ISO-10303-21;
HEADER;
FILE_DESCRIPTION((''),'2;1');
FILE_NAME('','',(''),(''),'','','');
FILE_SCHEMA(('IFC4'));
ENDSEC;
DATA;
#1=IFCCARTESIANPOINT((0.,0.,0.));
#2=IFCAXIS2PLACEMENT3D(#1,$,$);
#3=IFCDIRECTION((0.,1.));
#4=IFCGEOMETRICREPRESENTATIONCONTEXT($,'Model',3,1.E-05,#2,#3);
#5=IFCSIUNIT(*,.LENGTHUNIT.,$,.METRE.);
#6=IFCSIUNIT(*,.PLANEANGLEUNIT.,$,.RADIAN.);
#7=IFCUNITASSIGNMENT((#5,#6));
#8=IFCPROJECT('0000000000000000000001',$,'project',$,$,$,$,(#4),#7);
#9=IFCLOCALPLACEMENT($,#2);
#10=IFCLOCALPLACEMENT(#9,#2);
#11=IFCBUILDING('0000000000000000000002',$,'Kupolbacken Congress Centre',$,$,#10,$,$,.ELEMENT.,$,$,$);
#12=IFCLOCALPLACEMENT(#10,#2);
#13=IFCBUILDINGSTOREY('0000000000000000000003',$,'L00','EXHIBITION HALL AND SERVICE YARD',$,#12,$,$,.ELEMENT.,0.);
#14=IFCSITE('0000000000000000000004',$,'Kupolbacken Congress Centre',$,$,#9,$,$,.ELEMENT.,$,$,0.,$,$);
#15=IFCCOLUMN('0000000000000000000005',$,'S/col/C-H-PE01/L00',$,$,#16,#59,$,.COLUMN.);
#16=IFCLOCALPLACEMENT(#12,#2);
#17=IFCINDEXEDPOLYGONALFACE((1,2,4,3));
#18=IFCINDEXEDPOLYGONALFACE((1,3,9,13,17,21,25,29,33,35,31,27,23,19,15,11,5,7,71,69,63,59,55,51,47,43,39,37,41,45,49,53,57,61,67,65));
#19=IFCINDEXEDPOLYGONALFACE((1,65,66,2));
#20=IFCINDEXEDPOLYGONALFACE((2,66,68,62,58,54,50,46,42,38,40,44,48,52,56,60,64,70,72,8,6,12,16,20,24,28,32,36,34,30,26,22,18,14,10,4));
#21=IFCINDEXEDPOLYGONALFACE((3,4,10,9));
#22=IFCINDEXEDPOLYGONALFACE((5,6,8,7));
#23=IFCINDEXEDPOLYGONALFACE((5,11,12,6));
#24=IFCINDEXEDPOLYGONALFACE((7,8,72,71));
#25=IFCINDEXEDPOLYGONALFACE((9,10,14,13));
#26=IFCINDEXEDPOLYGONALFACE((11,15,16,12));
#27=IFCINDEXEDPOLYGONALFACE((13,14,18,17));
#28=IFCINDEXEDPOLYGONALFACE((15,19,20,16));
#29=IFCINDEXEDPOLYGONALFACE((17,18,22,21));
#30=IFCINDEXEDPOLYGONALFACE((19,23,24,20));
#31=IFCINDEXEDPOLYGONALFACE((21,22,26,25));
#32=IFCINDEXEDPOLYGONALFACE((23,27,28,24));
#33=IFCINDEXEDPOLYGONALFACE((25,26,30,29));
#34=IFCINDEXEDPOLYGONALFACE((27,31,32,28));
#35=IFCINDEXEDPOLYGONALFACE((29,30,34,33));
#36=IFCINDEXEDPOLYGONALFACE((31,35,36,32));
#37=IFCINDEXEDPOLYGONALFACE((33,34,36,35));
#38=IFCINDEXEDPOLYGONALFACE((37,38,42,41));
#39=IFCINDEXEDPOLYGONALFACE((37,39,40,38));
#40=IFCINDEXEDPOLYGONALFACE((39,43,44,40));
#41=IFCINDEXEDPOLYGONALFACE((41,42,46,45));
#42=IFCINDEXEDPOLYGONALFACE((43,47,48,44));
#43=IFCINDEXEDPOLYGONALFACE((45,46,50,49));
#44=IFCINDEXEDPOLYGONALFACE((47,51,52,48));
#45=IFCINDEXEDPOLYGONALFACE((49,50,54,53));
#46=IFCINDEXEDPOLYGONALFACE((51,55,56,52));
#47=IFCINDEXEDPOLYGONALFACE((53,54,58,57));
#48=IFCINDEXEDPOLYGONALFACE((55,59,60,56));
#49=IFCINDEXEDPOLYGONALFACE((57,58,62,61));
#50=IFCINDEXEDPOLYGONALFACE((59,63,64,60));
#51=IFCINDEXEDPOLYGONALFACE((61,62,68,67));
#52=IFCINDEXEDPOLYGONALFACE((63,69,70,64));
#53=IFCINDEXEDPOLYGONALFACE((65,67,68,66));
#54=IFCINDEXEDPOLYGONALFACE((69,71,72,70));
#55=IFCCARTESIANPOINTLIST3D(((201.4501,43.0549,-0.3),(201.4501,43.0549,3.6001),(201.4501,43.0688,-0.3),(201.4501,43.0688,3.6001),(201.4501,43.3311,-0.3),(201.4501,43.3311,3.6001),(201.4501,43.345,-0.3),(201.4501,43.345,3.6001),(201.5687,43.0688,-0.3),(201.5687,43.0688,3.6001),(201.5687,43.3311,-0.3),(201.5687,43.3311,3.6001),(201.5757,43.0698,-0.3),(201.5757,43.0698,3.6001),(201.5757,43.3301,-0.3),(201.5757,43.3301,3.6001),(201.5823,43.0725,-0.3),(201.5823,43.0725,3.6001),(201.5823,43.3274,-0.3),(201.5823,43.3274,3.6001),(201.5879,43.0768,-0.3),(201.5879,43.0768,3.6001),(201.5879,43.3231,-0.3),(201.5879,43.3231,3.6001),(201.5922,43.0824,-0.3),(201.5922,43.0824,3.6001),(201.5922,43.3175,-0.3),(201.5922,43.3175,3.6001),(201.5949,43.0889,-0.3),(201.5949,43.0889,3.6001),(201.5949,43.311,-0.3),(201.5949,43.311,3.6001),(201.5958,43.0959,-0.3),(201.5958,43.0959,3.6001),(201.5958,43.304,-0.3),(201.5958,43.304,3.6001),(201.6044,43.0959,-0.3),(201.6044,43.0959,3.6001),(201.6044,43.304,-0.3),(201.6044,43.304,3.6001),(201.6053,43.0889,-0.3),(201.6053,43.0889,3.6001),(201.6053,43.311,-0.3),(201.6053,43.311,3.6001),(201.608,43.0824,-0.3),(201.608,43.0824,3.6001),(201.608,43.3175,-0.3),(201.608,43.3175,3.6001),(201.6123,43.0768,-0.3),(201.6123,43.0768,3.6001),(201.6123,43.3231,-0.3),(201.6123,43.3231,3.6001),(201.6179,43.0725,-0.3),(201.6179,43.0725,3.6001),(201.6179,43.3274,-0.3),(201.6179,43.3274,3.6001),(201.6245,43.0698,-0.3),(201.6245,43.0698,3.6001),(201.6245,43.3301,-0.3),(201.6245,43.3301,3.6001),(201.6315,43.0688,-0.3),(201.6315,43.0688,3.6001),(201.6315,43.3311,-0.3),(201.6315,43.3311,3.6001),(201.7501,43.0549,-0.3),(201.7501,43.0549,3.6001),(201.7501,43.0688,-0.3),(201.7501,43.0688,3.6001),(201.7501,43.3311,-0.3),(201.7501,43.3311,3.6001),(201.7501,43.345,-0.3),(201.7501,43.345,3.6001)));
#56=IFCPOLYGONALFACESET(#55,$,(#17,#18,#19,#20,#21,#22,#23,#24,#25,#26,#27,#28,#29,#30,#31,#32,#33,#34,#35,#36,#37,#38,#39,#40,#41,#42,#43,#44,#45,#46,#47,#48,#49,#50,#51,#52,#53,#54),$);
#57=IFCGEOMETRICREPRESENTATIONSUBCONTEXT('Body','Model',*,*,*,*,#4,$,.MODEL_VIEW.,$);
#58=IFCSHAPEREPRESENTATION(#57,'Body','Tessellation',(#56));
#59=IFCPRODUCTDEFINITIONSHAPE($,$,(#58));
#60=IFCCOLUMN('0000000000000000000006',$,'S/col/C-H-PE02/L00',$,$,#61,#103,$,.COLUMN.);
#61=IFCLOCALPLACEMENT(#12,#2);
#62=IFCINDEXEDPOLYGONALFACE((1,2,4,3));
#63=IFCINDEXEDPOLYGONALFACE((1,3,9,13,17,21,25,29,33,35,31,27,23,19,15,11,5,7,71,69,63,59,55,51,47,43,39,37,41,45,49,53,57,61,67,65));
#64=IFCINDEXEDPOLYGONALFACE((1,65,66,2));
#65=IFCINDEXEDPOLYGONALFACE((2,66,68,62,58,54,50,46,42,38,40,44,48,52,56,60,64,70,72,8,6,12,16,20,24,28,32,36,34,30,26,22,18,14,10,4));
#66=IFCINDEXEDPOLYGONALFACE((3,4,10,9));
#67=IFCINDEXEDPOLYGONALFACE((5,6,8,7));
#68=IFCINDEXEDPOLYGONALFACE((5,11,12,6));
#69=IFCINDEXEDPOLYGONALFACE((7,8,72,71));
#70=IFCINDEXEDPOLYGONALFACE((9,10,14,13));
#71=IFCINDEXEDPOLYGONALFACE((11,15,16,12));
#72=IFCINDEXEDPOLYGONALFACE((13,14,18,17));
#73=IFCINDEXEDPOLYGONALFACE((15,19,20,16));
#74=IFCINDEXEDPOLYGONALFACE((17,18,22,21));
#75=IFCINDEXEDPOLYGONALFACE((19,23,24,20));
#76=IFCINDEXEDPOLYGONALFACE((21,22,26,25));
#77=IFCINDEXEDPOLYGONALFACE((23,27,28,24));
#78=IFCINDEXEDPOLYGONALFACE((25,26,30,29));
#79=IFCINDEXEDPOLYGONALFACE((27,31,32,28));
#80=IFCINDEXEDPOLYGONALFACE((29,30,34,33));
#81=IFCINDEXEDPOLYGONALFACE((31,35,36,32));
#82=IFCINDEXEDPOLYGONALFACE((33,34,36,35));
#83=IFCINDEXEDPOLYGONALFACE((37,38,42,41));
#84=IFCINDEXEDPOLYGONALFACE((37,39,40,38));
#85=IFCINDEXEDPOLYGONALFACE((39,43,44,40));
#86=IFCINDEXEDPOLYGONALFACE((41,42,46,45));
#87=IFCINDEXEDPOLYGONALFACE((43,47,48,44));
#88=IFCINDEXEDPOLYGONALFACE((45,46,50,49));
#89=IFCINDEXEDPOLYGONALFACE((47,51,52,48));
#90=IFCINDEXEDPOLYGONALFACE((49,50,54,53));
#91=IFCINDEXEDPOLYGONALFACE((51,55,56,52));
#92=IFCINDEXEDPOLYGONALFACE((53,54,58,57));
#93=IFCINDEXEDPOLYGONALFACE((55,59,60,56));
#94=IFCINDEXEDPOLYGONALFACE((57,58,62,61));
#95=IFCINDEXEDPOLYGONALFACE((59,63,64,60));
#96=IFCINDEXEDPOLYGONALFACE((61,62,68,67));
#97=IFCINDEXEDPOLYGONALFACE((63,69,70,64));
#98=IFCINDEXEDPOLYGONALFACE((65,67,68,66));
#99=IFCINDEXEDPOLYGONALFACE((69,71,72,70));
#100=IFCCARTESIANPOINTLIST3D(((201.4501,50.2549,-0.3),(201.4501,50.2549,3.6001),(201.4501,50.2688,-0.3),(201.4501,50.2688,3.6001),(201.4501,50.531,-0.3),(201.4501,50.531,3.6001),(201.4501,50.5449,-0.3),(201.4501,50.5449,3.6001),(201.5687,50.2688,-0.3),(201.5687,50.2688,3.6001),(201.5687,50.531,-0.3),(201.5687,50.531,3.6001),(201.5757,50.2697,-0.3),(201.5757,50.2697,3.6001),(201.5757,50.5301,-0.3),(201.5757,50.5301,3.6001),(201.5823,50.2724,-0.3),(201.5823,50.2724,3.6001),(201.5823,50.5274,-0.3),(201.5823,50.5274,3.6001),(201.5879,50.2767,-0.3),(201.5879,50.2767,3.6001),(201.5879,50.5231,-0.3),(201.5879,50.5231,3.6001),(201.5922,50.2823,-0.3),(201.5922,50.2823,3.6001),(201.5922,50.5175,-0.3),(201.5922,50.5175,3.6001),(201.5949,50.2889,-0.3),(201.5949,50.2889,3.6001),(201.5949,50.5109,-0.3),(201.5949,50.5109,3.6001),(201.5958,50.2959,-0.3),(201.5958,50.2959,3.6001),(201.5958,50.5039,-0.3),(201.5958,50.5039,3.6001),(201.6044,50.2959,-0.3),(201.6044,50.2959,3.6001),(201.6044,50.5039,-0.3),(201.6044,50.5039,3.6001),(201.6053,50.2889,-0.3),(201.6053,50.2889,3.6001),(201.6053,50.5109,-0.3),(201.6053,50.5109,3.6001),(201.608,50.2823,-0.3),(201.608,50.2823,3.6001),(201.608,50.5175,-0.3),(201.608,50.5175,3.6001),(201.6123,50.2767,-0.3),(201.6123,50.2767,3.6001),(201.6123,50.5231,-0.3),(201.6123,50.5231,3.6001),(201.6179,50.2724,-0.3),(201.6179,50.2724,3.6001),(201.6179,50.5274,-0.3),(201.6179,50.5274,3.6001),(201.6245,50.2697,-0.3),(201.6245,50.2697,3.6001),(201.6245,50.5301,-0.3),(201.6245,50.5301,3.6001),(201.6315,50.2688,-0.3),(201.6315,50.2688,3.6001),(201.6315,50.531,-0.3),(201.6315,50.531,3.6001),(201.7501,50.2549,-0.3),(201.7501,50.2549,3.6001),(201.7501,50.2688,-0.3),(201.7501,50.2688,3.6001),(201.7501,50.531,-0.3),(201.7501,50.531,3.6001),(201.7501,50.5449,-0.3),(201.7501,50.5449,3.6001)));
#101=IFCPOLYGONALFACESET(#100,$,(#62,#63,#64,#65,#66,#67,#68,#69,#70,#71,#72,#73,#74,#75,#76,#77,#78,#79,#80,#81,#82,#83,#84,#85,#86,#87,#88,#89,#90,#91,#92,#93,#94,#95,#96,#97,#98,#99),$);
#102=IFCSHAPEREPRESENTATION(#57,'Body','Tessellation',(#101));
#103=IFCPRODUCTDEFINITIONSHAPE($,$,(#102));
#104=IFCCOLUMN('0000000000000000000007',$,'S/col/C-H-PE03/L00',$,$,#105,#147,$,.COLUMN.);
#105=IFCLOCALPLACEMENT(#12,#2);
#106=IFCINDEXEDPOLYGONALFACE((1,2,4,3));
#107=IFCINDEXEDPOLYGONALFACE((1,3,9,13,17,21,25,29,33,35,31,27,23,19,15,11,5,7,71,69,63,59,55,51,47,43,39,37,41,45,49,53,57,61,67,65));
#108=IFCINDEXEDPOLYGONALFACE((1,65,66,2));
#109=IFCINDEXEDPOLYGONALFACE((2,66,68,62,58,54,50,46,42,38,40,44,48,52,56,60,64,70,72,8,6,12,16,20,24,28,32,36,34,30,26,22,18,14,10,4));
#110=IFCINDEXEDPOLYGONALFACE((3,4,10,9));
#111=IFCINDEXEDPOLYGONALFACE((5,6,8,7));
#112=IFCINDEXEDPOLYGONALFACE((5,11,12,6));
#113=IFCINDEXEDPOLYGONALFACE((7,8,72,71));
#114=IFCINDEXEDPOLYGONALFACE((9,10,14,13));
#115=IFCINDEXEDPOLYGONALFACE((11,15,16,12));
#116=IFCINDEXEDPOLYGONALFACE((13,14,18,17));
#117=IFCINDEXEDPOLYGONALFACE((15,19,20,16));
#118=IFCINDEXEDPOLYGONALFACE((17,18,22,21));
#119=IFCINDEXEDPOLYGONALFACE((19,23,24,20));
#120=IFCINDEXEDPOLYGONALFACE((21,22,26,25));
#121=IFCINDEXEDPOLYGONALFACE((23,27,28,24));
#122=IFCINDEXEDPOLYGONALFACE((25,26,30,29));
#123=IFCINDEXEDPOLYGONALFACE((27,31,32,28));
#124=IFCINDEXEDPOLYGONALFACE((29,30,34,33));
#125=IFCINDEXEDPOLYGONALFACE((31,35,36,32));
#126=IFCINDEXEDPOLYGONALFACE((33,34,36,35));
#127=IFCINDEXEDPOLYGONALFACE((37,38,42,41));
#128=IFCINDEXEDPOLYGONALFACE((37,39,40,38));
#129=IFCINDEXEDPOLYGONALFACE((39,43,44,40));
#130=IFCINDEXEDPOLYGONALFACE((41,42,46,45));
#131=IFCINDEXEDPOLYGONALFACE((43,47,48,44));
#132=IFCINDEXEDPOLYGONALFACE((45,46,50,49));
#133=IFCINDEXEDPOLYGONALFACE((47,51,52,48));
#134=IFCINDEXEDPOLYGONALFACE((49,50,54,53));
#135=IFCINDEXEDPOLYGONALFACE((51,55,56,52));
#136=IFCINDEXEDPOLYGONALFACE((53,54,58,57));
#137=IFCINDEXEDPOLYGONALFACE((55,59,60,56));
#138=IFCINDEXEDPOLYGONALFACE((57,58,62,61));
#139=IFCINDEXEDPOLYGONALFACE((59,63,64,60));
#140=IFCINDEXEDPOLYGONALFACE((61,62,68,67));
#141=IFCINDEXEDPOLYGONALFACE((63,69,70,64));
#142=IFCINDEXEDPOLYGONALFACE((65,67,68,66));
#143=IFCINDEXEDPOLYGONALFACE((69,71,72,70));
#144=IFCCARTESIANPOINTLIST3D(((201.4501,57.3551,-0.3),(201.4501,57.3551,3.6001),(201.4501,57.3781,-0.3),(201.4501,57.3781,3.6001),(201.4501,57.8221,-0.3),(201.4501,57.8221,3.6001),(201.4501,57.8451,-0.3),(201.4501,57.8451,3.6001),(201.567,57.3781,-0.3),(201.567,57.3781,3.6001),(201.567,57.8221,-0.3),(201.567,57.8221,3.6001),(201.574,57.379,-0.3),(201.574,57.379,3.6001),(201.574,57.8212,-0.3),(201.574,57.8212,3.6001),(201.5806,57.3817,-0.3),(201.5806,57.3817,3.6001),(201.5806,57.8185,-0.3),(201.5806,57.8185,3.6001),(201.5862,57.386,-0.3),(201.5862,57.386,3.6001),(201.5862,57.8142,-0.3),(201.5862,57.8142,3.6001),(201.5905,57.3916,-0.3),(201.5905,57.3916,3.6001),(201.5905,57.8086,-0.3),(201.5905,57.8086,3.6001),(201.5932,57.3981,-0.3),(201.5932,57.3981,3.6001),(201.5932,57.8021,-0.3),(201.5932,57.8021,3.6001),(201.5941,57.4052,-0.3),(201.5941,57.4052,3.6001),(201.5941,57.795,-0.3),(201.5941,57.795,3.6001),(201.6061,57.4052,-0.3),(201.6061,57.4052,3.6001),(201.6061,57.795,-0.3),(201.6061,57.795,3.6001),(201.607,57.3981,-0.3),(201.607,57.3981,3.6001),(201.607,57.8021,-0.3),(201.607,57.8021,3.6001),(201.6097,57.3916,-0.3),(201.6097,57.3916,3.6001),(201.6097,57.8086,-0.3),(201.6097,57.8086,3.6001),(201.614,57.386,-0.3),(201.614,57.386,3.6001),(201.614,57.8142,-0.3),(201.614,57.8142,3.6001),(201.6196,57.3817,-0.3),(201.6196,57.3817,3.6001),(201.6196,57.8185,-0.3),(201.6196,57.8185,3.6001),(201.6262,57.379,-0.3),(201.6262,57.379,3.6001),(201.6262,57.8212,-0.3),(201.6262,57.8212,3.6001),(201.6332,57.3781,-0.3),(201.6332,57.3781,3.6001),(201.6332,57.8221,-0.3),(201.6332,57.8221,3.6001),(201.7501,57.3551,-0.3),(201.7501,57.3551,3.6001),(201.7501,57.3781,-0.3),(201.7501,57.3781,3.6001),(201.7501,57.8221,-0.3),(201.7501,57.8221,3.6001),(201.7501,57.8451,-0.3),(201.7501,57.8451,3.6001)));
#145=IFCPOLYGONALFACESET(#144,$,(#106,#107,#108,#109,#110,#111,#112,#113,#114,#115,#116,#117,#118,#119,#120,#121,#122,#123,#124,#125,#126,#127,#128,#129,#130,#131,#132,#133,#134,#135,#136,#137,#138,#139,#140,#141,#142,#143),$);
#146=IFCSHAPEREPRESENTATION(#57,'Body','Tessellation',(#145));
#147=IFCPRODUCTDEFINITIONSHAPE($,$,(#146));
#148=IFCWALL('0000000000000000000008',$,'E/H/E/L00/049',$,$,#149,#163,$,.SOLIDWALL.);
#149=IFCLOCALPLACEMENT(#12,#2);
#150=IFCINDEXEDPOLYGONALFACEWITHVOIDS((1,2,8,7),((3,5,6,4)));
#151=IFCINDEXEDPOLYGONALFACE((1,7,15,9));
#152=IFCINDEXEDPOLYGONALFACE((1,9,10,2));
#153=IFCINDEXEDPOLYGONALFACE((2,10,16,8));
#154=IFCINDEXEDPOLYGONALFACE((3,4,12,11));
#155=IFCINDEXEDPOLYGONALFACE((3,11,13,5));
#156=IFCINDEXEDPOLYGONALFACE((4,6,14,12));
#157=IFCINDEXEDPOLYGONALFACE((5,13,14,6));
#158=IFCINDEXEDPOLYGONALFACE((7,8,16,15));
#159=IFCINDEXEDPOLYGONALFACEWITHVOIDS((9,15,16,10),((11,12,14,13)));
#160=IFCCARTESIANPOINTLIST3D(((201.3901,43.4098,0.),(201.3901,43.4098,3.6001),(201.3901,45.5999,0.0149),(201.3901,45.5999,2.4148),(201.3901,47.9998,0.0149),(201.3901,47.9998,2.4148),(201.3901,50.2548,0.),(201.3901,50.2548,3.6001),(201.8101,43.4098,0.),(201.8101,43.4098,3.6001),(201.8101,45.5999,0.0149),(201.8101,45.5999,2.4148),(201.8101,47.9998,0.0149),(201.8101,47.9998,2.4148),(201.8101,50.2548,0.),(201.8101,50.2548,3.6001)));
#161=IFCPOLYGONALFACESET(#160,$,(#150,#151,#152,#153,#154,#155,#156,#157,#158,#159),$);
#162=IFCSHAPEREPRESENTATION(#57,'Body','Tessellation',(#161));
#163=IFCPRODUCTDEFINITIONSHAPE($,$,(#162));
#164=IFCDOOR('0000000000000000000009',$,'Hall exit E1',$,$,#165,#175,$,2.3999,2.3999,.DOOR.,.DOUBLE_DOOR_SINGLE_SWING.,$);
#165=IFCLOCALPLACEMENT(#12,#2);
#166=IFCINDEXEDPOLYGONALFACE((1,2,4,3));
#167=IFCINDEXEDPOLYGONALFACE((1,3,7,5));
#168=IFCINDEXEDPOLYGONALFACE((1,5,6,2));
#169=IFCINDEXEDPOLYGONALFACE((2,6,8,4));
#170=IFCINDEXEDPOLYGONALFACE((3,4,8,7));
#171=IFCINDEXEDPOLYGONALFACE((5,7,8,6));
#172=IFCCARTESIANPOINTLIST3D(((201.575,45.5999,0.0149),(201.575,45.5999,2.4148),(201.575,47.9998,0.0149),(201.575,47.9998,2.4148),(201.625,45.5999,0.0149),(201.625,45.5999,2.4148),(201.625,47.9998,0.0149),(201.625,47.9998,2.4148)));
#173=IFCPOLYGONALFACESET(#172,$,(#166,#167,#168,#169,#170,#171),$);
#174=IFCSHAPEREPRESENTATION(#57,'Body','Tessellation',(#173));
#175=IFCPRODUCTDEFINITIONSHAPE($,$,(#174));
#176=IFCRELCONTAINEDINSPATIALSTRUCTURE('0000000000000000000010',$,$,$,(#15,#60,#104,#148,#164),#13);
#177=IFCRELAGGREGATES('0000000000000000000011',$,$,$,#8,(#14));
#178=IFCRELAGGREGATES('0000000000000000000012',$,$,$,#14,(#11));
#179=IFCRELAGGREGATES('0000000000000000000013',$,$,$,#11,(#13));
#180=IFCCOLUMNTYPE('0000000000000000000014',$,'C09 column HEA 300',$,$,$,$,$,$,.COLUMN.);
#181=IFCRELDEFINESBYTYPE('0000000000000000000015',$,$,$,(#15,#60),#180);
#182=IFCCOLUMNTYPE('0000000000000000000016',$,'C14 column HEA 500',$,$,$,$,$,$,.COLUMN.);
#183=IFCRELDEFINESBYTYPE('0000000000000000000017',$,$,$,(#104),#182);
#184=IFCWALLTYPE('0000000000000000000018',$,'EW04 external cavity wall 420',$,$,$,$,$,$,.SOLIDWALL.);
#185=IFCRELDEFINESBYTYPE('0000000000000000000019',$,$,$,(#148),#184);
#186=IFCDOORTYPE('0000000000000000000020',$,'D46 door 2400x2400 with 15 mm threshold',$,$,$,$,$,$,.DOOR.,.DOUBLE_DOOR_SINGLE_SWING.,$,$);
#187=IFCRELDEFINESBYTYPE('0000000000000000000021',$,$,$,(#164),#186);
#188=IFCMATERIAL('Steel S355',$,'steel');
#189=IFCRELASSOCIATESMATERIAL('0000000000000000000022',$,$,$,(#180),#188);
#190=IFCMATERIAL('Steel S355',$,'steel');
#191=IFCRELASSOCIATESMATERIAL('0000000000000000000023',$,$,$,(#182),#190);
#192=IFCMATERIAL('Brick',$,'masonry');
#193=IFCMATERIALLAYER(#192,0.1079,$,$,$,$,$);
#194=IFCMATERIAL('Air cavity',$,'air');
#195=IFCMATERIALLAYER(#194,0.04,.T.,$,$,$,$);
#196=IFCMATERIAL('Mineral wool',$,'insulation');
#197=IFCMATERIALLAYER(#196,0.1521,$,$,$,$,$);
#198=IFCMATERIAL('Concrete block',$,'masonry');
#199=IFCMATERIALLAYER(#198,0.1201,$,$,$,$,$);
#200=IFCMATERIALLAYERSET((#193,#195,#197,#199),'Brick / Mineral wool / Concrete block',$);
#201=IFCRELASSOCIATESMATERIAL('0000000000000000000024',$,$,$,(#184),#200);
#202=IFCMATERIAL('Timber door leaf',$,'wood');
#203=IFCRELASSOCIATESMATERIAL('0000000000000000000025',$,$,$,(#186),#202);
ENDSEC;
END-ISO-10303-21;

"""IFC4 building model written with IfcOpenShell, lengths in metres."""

from ifc_helpers import new_model, si_unit, direction, frame, frame_2d, origin, origin_2d, place, context, subcontext, project, spatial, rectangle, i_section, extrude, material, layer, layer_set, material_profile, profile_set, type_object, element, fill, save


model = new_model("IFC4")

# Units and contexts
model_context = context("Model", 3, precision=1e-05, world=origin(), true_north=direction((0.0, 1.0)))
body_context = subcontext(model_context, "Body", "Model", "MODEL_VIEW")
ifc_project = project(units=[si_unit("LENGTHUNIT", "METRE"), si_unit("PLANEANGLEUNIT", "RADIAN")], contexts=[model_context])

# Site, building, storey
site_placement = place(None, origin())
site = spatial("IfcSite", under=ifc_project, at=site_placement, Name="Kupolbacken Congress Centre", CompositionType="ELEMENT", RefElevation=0.0)
building_placement = place(site_placement, origin())
building = spatial("IfcBuilding", under=site, at=building_placement, Name="Kupolbacken Congress Centre", CompositionType="ELEMENT")
storey_placement = place(building_placement, origin())
storey = spatial("IfcBuildingStorey", under=building, at=storey_placement, Name="L00", Description="EXHIBITION HALL AND SERVICE YARD", CompositionType="ELEMENT", Elevation=0.0)

# Columns
ifc_material_1 = material(Name="Steel S355", Category="steel")
ifc_material_profile_1 = material_profile(ifc_material_1, i_section(OverallWidth=0.3, OverallDepth=0.29, WebThickness=0.0085, FlangeThickness=0.0139, FilletRadius=0.0271, at=origin_2d()), Name="HEA 300")
ifc_profile_set_1 = profile_set([ifc_material_profile_1], Name="Steel S355")
column_type_1 = type_object("IfcColumnType", Name="C09 column HEA 300", PredefinedType="COLUMN", material=ifc_profile_set_1)
for number, where, z_axis, x_axis, name in (
    (1, (201.6001, 43.2, -0.3), (0.0, 0.0, 1.0), (1.0, 0.0, 0.0), "S/col/C-H-PE01/L00"),
    (2, (201.6001, 50.3999, -0.3), (0.0, 0.0, 1.0), (1.0, 0.0, 0.0), "S/col/C-H-PE02/L00"),
):
    element("IfcColumn", number, at=place(storey_placement, frame(where, z_axis=z_axis, x_axis=x_axis)), inside=storey, type_object=column_type_1, Name=name, PredefinedType="COLUMN", context=body_context, shape_type="SweptSolid", body=[
        extrude(i_section(OverallWidth=0.3, OverallDepth=0.29, WebThickness=0.0085, FlangeThickness=0.0139, FilletRadius=0.0271, at=origin_2d()), origin(), (0.0, 0.0, 1.0), 3.9001),
    ])
ifc_material_2 = material(Name="Steel S355", Category="steel")
ifc_material_profile_2 = material_profile(ifc_material_2, i_section(OverallWidth=0.3, OverallDepth=0.49, WebThickness=0.012, FlangeThickness=0.0229, FilletRadius=0.0271, at=origin_2d()), Name="HEA 500")
ifc_profile_set_2 = profile_set([ifc_material_profile_2], Name="Steel S355")
column_type_2 = type_object("IfcColumnType", Name="C14 column HEA 500", PredefinedType="COLUMN", material=ifc_profile_set_2)
column_placement = place(storey_placement, frame((201.6001, 57.6001, -0.3), z_axis=(0.0, 0.0, 1.0), x_axis=(1.0, 0.0, 0.0)))
element("IfcColumn", 3, at=column_placement, inside=storey, type_object=column_type_2, Name="S/col/C-H-PE03/L00", PredefinedType="COLUMN", context=body_context, shape_type="SweptSolid", body=[
    extrude(i_section(OverallWidth=0.3, OverallDepth=0.49, WebThickness=0.012, FlangeThickness=0.0229, FilletRadius=0.0271, at=origin_2d()), origin(), (0.0, 0.0, 1.0), 3.9001),
])

# Wall, opening, door
ifc_material_3 = material(Name="Brick", Category="masonry")
ifc_layer_1 = layer(ifc_material_3, 0.1079)
ifc_material_4 = material(Name="Air cavity", Category="air")
ifc_layer_2 = layer(ifc_material_4, 0.04, ventilated=True)
ifc_material_5 = material(Name="Mineral wool", Category="insulation")
ifc_layer_3 = layer(ifc_material_5, 0.1521)
ifc_material_6 = material(Name="Concrete block", Category="masonry")
ifc_layer_4 = layer(ifc_material_6, 0.1201)
ifc_layer_set_1 = layer_set([ifc_layer_1, ifc_layer_2, ifc_layer_3, ifc_layer_4], Name="Brick / Mineral wool / Concrete block")
wall_type = type_object("IfcWallType", Name="EW04 external cavity wall 420", PredefinedType="SOLIDWALL", material=ifc_layer_set_1)
wall_1_placement = place(storey_placement, frame((201.6001, 43.4099, 0.0), z_axis=(0.0, 0.0, 1.0), x_axis=(0.0, 1.0, 0.0)))
wall_1 = element("IfcWall", 4, at=wall_1_placement, inside=storey, type_object=wall_type, Name="E/H/E/L00/049", PredefinedType="SOLIDWALL", context=body_context, shape_type="SweptSolid", body=[
    extrude(rectangle(XDim=6.845, YDim=0.4199, at=frame_2d((3.4224, 0.0))), origin(), (0.0, 0.0, 1.0), 3.6001),
])
opening_placement = place(wall_1_placement, frame((2.1899, 0.0, 0.0149)))
opening = element("IfcOpeningElement", 5, at=opening_placement, cuts=wall_1, PredefinedType="OPENING", context=body_context, shape_type="SweptSolid", body=[
    extrude(rectangle(XDim=2.3999, YDim=2.3999, at=frame_2d((1.2, 1.2))), frame((0.0, 0.22, 0.0), z_axis=(0.0, -1.0, 0.0), x_axis=(1.0, 0.0, 0.0)), (0.0, 0.0, 1.0), 0.4399),
])
ifc_material_7 = material(Name="Timber door leaf", Category="wood")
door_type = type_object("IfcDoorType", Name="D46 door 2400x2400 with 15 mm threshold", OperationType="DOUBLE_DOOR_SINGLE_SWING", PredefinedType="DOOR", material=ifc_material_7)
door_placement = place(opening_placement, frame((2.3999, 0.0, 0.0), z_axis=(0.0, 0.0, 1.0), x_axis=(-1.0, 0.0, 0.0)))
door = element("IfcDoor", 6, at=door_placement, inside=storey, type_object=door_type, Name="Hall exit E1", OperationType="DOUBLE_DOOR_SINGLE_SWING", OverallHeight=2.3999, OverallWidth=2.3999, PredefinedType="DOOR", context=body_context, shape_type="SweptSolid", body=[
    extrude(rectangle(XDim=2.3999, YDim=2.3999, at=frame_2d((1.2, 1.2))), frame((0.0, 0.0249, 0.0), z_axis=(0.0, -1.0, 0.0), x_axis=(1.0, 0.0, 0.0)), (0.0, 0.0, 1.0), 0.05),
])
fill(opening, door)

save(model, "model.ifc")
